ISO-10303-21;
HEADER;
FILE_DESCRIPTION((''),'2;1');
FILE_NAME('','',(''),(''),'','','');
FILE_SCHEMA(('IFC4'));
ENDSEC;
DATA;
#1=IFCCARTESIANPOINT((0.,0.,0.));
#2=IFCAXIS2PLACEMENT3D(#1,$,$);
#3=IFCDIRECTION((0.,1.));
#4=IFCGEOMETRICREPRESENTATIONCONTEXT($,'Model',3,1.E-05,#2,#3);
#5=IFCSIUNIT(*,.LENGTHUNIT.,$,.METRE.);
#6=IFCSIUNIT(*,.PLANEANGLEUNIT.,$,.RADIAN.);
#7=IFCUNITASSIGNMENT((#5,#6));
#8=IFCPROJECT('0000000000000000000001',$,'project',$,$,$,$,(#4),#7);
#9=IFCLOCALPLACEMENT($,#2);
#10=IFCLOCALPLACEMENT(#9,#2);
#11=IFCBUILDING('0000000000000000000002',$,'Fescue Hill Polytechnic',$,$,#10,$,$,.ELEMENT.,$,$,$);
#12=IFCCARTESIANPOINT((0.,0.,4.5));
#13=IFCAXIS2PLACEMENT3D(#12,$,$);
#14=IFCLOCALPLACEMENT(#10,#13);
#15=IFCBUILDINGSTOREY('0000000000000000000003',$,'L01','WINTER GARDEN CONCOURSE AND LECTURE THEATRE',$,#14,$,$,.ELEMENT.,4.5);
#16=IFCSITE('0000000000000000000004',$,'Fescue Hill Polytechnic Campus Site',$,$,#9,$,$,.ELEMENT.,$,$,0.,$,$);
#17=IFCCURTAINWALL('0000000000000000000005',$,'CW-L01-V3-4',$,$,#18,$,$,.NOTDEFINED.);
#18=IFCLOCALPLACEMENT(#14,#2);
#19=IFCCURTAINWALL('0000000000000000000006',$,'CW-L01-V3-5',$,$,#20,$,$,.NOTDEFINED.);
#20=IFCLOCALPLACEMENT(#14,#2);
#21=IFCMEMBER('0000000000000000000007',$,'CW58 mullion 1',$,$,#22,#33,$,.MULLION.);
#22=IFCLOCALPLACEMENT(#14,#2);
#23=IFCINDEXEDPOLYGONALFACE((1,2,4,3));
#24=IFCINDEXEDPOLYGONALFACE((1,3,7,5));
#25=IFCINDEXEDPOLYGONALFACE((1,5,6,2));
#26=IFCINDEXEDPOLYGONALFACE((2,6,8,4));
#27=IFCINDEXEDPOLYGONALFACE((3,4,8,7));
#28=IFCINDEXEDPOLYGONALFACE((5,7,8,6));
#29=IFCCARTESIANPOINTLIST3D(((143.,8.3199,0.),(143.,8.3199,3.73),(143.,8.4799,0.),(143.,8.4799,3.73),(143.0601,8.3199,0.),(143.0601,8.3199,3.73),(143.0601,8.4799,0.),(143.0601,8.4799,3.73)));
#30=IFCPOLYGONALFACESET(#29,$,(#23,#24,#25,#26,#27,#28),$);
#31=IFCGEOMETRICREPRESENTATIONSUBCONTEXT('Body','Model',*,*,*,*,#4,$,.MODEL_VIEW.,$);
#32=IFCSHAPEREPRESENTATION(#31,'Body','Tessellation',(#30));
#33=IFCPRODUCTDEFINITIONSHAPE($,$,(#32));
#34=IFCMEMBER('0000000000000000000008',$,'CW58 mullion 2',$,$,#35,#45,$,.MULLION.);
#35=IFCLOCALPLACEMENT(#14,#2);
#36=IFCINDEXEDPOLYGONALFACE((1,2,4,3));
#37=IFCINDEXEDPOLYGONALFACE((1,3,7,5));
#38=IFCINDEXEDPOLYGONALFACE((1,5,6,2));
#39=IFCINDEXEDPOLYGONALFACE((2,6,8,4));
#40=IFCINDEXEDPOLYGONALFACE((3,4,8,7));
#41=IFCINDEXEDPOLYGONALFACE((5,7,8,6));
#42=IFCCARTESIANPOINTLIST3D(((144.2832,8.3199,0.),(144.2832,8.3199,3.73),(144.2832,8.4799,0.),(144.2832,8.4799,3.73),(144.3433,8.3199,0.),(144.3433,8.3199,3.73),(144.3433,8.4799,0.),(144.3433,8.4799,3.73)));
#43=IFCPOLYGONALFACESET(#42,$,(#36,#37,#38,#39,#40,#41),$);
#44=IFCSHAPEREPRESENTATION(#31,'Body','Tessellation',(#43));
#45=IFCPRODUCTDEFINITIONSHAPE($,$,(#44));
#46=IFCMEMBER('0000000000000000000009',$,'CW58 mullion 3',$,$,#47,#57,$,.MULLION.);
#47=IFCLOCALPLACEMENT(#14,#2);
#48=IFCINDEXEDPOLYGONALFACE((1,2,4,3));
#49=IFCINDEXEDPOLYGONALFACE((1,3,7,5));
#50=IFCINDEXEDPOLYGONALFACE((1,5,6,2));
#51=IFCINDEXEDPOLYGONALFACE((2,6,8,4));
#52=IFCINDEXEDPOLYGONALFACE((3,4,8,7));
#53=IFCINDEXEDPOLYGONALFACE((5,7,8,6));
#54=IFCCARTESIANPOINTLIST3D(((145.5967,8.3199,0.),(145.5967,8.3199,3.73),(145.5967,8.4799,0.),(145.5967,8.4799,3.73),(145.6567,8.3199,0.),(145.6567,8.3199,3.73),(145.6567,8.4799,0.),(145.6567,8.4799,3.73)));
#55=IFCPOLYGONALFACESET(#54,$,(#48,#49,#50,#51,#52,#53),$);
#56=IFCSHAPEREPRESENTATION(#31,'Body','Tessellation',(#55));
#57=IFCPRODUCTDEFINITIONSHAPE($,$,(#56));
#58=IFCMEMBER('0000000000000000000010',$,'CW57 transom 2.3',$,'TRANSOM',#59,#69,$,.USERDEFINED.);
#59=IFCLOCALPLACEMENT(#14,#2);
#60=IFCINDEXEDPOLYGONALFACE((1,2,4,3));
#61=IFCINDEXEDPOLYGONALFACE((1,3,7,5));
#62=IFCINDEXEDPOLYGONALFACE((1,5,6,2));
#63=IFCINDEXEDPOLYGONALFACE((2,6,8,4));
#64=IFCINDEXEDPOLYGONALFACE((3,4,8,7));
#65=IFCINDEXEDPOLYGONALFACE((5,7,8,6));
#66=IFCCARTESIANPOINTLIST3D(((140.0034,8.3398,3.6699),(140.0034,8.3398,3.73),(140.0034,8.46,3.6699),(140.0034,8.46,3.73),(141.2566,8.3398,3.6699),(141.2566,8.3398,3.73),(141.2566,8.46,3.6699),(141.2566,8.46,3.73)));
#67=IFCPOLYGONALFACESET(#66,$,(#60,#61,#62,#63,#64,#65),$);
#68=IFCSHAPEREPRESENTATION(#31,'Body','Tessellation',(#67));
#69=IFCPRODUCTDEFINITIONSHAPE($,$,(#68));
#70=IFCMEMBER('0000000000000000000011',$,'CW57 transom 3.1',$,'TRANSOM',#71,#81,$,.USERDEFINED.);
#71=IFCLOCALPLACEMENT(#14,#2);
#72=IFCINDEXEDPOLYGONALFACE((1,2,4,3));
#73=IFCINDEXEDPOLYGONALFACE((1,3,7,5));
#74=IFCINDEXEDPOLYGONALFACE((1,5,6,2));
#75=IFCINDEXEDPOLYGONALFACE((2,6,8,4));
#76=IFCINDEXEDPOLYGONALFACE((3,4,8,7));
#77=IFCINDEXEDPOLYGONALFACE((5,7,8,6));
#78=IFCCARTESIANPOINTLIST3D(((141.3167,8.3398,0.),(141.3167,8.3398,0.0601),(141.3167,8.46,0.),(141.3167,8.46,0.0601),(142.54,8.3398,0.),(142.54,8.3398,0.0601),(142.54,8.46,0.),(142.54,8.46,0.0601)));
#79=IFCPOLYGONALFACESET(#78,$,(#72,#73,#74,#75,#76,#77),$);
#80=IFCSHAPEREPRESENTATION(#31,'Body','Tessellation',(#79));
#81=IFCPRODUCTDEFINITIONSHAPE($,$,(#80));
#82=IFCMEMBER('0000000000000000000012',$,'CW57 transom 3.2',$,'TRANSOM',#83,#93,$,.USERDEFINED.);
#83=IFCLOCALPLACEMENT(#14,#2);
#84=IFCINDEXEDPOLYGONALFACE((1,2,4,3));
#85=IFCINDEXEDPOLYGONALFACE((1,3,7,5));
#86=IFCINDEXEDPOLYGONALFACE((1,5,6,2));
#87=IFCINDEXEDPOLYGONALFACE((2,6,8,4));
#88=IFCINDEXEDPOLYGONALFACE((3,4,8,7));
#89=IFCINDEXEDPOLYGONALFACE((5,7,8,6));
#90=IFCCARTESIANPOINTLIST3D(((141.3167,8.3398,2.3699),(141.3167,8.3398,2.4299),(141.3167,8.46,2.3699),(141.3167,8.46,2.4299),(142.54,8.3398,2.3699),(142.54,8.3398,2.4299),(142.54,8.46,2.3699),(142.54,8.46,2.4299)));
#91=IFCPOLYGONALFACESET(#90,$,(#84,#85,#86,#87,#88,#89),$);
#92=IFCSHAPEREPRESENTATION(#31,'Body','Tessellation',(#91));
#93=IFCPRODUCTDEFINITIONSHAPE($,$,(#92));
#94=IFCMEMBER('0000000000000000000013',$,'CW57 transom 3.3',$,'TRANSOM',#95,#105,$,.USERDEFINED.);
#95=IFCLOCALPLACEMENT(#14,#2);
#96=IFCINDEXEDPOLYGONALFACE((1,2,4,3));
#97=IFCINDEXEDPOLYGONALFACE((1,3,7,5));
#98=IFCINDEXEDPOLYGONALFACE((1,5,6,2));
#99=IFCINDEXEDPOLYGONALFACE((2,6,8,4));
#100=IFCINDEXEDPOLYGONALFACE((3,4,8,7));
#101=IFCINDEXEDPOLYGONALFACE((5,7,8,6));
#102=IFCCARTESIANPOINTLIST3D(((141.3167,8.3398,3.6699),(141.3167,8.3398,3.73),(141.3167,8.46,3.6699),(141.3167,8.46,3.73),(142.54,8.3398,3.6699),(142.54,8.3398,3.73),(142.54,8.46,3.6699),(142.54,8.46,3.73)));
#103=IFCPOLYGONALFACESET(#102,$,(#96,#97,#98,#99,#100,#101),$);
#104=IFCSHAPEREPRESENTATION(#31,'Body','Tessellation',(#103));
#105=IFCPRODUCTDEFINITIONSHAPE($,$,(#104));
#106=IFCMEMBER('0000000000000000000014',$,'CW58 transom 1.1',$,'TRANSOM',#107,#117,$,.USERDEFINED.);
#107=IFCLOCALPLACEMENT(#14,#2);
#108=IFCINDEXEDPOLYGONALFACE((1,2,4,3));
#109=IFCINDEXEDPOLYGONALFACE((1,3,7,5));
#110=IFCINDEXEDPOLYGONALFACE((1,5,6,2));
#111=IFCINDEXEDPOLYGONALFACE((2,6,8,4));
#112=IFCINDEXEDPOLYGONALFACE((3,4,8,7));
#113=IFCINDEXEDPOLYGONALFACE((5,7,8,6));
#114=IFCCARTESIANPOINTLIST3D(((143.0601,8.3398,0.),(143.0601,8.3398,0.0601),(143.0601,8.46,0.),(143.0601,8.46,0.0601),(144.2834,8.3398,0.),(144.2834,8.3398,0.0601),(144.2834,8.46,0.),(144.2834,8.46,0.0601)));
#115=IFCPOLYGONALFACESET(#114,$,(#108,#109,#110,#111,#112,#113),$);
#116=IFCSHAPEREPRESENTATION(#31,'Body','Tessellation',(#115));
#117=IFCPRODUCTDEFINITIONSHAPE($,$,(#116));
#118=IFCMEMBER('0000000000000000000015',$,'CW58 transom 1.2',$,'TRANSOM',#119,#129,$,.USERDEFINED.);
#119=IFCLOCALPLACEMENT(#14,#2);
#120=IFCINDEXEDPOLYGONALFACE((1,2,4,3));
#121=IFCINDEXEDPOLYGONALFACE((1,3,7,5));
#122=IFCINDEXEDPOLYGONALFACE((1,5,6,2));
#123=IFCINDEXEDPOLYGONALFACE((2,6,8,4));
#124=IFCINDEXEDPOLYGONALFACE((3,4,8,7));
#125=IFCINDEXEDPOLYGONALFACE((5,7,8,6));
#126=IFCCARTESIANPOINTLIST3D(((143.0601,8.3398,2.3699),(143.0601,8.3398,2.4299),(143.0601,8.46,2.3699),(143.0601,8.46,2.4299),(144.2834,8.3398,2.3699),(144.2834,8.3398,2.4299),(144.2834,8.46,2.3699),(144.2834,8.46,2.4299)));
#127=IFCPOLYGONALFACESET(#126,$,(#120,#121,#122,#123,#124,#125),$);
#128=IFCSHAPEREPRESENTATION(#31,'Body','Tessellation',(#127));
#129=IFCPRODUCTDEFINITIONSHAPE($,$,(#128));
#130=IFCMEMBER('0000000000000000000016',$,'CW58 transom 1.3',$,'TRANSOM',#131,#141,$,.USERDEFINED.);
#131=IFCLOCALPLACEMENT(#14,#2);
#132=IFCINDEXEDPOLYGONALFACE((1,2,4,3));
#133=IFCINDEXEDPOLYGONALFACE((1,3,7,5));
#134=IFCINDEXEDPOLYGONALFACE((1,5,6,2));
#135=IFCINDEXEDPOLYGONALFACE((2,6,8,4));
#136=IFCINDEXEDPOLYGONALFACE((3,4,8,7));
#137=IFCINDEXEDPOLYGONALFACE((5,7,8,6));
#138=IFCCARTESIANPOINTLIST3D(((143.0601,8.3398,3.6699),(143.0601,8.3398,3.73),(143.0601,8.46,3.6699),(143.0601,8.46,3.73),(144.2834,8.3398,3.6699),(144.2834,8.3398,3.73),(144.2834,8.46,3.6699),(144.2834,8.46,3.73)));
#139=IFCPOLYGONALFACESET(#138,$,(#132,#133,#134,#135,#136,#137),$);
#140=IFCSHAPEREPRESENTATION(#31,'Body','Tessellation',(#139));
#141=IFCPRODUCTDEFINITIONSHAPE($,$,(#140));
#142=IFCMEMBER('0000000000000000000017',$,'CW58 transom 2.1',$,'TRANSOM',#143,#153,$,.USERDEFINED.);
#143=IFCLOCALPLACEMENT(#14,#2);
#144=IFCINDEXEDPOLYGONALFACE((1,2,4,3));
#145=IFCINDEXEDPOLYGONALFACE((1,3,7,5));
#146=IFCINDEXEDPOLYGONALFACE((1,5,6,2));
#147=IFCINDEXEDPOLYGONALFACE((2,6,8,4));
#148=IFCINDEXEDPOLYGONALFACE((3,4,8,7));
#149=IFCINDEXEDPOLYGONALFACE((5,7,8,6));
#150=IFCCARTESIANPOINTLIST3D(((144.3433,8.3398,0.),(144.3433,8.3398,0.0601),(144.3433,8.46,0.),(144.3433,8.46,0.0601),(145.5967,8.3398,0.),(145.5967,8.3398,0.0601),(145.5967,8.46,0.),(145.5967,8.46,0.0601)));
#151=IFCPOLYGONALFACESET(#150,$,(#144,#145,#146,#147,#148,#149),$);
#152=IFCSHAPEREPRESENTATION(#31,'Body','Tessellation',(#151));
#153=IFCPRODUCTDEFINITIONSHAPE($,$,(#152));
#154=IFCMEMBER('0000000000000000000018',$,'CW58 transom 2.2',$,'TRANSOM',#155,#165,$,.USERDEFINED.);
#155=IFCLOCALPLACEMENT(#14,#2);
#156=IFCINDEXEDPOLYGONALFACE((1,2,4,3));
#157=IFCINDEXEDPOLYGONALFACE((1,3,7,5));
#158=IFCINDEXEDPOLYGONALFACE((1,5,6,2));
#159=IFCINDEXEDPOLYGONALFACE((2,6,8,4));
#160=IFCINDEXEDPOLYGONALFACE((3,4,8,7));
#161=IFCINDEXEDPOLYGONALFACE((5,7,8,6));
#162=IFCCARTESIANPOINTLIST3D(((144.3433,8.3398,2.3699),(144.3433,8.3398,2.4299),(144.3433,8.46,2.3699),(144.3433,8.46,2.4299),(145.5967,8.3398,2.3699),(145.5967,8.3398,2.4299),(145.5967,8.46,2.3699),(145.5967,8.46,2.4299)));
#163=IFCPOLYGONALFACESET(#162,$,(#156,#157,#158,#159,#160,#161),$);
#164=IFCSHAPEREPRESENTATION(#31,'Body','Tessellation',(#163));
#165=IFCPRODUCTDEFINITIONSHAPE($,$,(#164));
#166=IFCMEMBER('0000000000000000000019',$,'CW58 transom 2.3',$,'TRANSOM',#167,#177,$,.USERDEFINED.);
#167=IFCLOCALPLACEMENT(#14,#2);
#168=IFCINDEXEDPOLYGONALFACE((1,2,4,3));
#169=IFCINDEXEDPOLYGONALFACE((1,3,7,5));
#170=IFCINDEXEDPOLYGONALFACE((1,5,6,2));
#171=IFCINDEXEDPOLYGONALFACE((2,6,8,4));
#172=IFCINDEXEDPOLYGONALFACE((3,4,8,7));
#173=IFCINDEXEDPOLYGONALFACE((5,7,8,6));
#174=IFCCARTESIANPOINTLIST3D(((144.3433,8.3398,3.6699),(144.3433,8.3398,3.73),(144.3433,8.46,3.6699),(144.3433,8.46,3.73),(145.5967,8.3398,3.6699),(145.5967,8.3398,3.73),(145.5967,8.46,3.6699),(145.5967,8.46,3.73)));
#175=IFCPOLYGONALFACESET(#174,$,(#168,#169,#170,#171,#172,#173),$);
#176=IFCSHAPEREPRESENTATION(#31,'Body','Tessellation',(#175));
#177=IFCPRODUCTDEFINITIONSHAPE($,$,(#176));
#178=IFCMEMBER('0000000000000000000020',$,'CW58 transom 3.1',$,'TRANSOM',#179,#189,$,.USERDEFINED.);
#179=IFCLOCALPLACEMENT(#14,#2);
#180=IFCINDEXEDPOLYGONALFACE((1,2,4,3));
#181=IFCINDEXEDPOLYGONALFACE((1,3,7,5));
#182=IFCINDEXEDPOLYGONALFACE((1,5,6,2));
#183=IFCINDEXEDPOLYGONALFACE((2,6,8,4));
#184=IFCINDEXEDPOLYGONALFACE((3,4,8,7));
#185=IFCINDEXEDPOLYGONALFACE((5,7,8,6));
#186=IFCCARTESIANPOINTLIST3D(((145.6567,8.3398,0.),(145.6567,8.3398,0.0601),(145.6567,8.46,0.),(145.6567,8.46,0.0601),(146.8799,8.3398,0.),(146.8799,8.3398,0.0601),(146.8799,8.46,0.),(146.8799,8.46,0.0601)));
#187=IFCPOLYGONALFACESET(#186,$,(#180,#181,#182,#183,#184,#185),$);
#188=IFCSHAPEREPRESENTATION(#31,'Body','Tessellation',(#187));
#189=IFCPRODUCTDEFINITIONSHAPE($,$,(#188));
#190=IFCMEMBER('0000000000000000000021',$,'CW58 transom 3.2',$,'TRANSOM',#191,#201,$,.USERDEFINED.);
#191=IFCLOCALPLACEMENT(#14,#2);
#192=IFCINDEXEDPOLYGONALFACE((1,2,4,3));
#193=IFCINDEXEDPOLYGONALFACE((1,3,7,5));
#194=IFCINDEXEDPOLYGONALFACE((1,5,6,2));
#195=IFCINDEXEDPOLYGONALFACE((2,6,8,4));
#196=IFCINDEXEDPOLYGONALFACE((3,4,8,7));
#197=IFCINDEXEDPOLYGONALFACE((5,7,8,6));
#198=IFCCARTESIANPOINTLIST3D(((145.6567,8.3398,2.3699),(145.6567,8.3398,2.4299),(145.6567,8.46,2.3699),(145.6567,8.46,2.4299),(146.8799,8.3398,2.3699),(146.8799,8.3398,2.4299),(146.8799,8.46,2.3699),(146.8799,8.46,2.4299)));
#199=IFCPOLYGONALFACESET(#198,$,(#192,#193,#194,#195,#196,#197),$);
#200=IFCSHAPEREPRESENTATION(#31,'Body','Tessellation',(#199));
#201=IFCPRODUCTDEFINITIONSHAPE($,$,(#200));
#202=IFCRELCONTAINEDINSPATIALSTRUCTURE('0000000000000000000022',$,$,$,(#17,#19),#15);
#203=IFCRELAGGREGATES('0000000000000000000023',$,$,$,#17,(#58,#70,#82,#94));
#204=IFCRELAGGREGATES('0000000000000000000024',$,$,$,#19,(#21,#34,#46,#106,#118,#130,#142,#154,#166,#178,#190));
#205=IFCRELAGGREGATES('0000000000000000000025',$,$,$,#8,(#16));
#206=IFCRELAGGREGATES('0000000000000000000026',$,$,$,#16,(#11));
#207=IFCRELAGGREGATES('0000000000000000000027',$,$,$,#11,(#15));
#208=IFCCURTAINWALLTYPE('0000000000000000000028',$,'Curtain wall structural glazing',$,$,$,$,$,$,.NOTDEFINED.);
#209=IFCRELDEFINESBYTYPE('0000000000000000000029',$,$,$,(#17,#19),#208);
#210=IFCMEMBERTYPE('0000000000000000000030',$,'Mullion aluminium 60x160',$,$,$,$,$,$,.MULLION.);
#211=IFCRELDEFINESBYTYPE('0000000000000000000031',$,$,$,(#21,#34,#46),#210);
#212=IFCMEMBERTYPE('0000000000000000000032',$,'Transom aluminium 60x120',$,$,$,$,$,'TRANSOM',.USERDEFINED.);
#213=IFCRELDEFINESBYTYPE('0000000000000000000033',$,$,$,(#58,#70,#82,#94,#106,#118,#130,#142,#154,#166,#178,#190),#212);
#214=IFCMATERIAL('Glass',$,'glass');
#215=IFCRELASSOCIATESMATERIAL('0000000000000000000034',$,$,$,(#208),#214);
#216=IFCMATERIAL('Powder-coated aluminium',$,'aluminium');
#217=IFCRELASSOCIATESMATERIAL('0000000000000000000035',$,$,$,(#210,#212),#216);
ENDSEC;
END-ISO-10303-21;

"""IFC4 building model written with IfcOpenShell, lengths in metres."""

from ifc_helpers import new_model, si_unit, direction, frame, origin, origin_2d, place, context, subcontext, project, spatial, rectangle, extrude, material, material_profile, profile_set, type_object, element, aggregate, save


model = new_model("IFC4")

# Units and contexts
model_context = context("Model", 3, precision=1e-05, world=origin(), true_north=direction((0.0, 1.0)))
body_context = subcontext(model_context, "Body", "Model", "MODEL_VIEW")
ifc_project = project(units=[si_unit("LENGTHUNIT", "METRE"), si_unit("PLANEANGLEUNIT", "RADIAN")], contexts=[model_context])

# Site, building, storey
site_placement = place(None, origin())
site = spatial("IfcSite", under=ifc_project, at=site_placement, Name="Fescue Hill Polytechnic Campus Site", CompositionType="ELEMENT", RefElevation=0.0)
building_placement = place(site_placement, origin())
building = spatial("IfcBuilding", under=site, at=building_placement, Name="Fescue Hill Polytechnic", CompositionType="ELEMENT")
storey_placement = place(building_placement, frame((0.0, 0.0, 4.5)))
storey = spatial("IfcBuildingStorey", under=building, at=storey_placement, Name="L01", Description="WINTER GARDEN CONCOURSE AND LECTURE THEATRE", CompositionType="ELEMENT", Elevation=4.5)

# Curtain walls, members
ifc_material_1 = material(Name="Glass", Category="glass")
curtain_wall_type = type_object("IfcCurtainWallType", Name="Curtain wall structural glazing", PredefinedType="NOTDEFINED", material=ifc_material_1)
curtain_wall_1_placement = place(storey_placement, origin())
curtain_wall_1 = element("IfcCurtainWall", 1, at=curtain_wall_1_placement, inside=storey, type_object=curtain_wall_type, Name="CW-L01-V3-4", PredefinedType="NOTDEFINED")
ifc_material_2 = material(Name="Powder-coated aluminium", Category="aluminium")
ifc_material_profile_1 = material_profile(ifc_material_2, rectangle(XDim=0.1599, YDim=0.0601, at=origin_2d()), Name="Mullion aluminium 60x160")
ifc_profile_set_1 = profile_set([ifc_material_profile_1], Name="Powder-coated aluminium")
member_type_1 = type_object("IfcMemberType", Name="Mullion aluminium 60x160", PredefinedType="MULLION", material=ifc_profile_set_1)
curtain_wall_2_placement = place(storey_placement, origin())
curtain_wall_2 = element("IfcCurtainWall", 2, at=curtain_wall_2_placement, inside=storey, type_object=curtain_wall_type, Name="CW-L01-V3-5", PredefinedType="NOTDEFINED")
member_1_placement = place(storey_placement, frame((143.03, 8.3999, 0.0), z_axis=(0.0, 0.0, 1.0), x_axis=(0.0, 1.0, 0.0)))
member_1 = element("IfcMember", 3, at=member_1_placement, type_object=member_type_1, Name="CW58 mullion 1", PredefinedType="MULLION", context=body_context, shape_type="SweptSolid", body=[
    extrude(rectangle(XDim=0.1599, YDim=0.0601, at=origin_2d()), origin(), (0.0, 0.0, 1.0), 3.73),
])
member_2_placement = place(storey_placement, frame((144.3132, 8.3999, 0.0), z_axis=(0.0, 0.0, 1.0), x_axis=(0.0, 1.0, 0.0)))
member_2 = element("IfcMember", 4, at=member_2_placement, type_object=member_type_1, Name="CW58 mullion 2", PredefinedType="MULLION", context=body_context, shape_type="SweptSolid", body=[
    extrude(rectangle(XDim=0.1599, YDim=0.0601, at=origin_2d()), origin(), (0.0, 0.0, 1.0), 3.73),
])
member_3_placement = place(storey_placement, frame((145.6267, 8.3999, 0.0), z_axis=(0.0, 0.0, 1.0), x_axis=(0.0, 1.0, 0.0)))
member_3 = element("IfcMember", 5, at=member_3_placement, type_object=member_type_1, Name="CW58 mullion 3", PredefinedType="MULLION", context=body_context, shape_type="SweptSolid", body=[
    extrude(rectangle(XDim=0.1599, YDim=0.0601, at=origin_2d()), origin(), (0.0, 0.0, 1.0), 3.73),
])

# Members
ifc_material_profile_2 = material_profile(ifc_material_2, rectangle(XDim=0.1201, YDim=0.0601, at=origin_2d()), Name="Transom aluminium 60x120")
ifc_profile_set_2 = profile_set([ifc_material_profile_2], Name="Powder-coated aluminium")
member_type_2 = type_object("IfcMemberType", Name="Transom aluminium 60x120", ElementType="TRANSOM", PredefinedType="USERDEFINED", material=ifc_profile_set_2)
member_4_placement = place(storey_placement, frame((140.0034, 8.3999, 3.7), z_axis=(1.0, 0.0, 0.0), x_axis=(0.0, 1.0, 0.0)))
member_4 = element("IfcMember", 6, at=member_4_placement, type_object=member_type_2, Name="CW57 transom 2.3", ObjectType="TRANSOM", PredefinedType="USERDEFINED", context=body_context, shape_type="SweptSolid", body=[
    extrude(rectangle(XDim=0.1201, YDim=0.0601, at=origin_2d()), origin(), (0.0, 0.0, 1.0), 1.2532),
])
member_5_placement = place(storey_placement, frame((141.3167, 8.3999, 0.03), z_axis=(1.0, 0.0, 0.0), x_axis=(0.0, 1.0, 0.0)))
member_5 = element("IfcMember", 7, at=member_5_placement, type_object=member_type_2, Name="CW57 transom 3.1", ObjectType="TRANSOM", PredefinedType="USERDEFINED", context=body_context, shape_type="SweptSolid", body=[
    extrude(rectangle(XDim=0.1201, YDim=0.0601, at=origin_2d()), origin(), (0.0, 0.0, 1.0), 1.2234),
])
member_6_placement = place(storey_placement, frame((141.3167, 8.3999, 2.3999), z_axis=(1.0, 0.0, 0.0), x_axis=(0.0, 1.0, 0.0)))
member_6 = element("IfcMember", 8, at=member_6_placement, type_object=member_type_2, Name="CW57 transom 3.2", ObjectType="TRANSOM", PredefinedType="USERDEFINED", context=body_context, shape_type="SweptSolid", body=[
    extrude(rectangle(XDim=0.1201, YDim=0.0601, at=origin_2d()), origin(), (0.0, 0.0, 1.0), 1.2234),
])
member_7_placement = place(storey_placement, frame((141.3167, 8.3999, 3.7), z_axis=(1.0, 0.0, 0.0), x_axis=(0.0, 1.0, 0.0)))
member_7 = element("IfcMember", 9, at=member_7_placement, type_object=member_type_2, Name="CW57 transom 3.3", ObjectType="TRANSOM", PredefinedType="USERDEFINED", context=body_context, shape_type="SweptSolid", body=[
    extrude(rectangle(XDim=0.1201, YDim=0.0601, at=origin_2d()), origin(), (0.0, 0.0, 1.0), 1.2234),
])
member_8_placement = place(storey_placement, frame((143.0601, 8.3999, 0.03), z_axis=(1.0, 0.0, 0.0), x_axis=(0.0, 1.0, 0.0)))
member_8 = element("IfcMember", 10, at=member_8_placement, type_object=member_type_2, Name="CW58 transom 1.1", ObjectType="TRANSOM", PredefinedType="USERDEFINED", context=body_context, shape_type="SweptSolid", body=[
    extrude(rectangle(XDim=0.1201, YDim=0.0601, at=origin_2d()), origin(), (0.0, 0.0, 1.0), 1.2234),
])
member_9_placement = place(storey_placement, frame((143.0601, 8.3999, 2.3999), z_axis=(1.0, 0.0, 0.0), x_axis=(0.0, 1.0, 0.0)))
member_9 = element("IfcMember", 11, at=member_9_placement, type_object=member_type_2, Name="CW58 transom 1.2", ObjectType="TRANSOM", PredefinedType="USERDEFINED", context=body_context, shape_type="SweptSolid", body=[
    extrude(rectangle(XDim=0.1201, YDim=0.0601, at=origin_2d()), origin(), (0.0, 0.0, 1.0), 1.2234),
])
member_10_placement = place(storey_placement, frame((143.0601, 8.3999, 3.7), z_axis=(1.0, 0.0, 0.0), x_axis=(0.0, 1.0, 0.0)))
member_10 = element("IfcMember", 12, at=member_10_placement, type_object=member_type_2, Name="CW58 transom 1.3", ObjectType="TRANSOM", PredefinedType="USERDEFINED", context=body_context, shape_type="SweptSolid", body=[
    extrude(rectangle(XDim=0.1201, YDim=0.0601, at=origin_2d()), origin(), (0.0, 0.0, 1.0), 1.2234),
])
member_11_placement = place(storey_placement, frame((144.3433, 8.3999, 0.03), z_axis=(1.0, 0.0, 0.0), x_axis=(0.0, 1.0, 0.0)))
member_11 = element("IfcMember", 13, at=member_11_placement, type_object=member_type_2, Name="CW58 transom 2.1", ObjectType="TRANSOM", PredefinedType="USERDEFINED", context=body_context, shape_type="SweptSolid", body=[
    extrude(rectangle(XDim=0.1201, YDim=0.0601, at=origin_2d()), origin(), (0.0, 0.0, 1.0), 1.2534),
])
member_12_placement = place(storey_placement, frame((144.3433, 8.3999, 2.3999), z_axis=(1.0, 0.0, 0.0), x_axis=(0.0, 1.0, 0.0)))
member_12 = element("IfcMember", 14, at=member_12_placement, type_object=member_type_2, Name="CW58 transom 2.2", ObjectType="TRANSOM", PredefinedType="USERDEFINED", context=body_context, shape_type="SweptSolid", body=[
    extrude(rectangle(XDim=0.1201, YDim=0.0601, at=origin_2d()), origin(), (0.0, 0.0, 1.0), 1.2534),
])
member_13_placement = place(storey_placement, frame((144.3433, 8.3999, 3.7), z_axis=(1.0, 0.0, 0.0), x_axis=(0.0, 1.0, 0.0)))
member_13 = element("IfcMember", 15, at=member_13_placement, type_object=member_type_2, Name="CW58 transom 2.3", ObjectType="TRANSOM", PredefinedType="USERDEFINED", context=body_context, shape_type="SweptSolid", body=[
    extrude(rectangle(XDim=0.1201, YDim=0.0601, at=origin_2d()), origin(), (0.0, 0.0, 1.0), 1.2534),
])
member_14_placement = place(storey_placement, frame((145.6567, 8.3999, 0.03), z_axis=(1.0, 0.0, 0.0), x_axis=(0.0, 1.0, 0.0)))
member_14 = element("IfcMember", 16, at=member_14_placement, type_object=member_type_2, Name="CW58 transom 3.1", ObjectType="TRANSOM", PredefinedType="USERDEFINED", context=body_context, shape_type="SweptSolid", body=[
    extrude(rectangle(XDim=0.1201, YDim=0.0601, at=origin_2d()), origin(), (0.0, 0.0, 1.0), 1.2231),
])
member_15_placement = place(storey_placement, frame((145.6567, 8.3999, 2.3999), z_axis=(1.0, 0.0, 0.0), x_axis=(0.0, 1.0, 0.0)))
member_15 = element("IfcMember", 17, at=member_15_placement, type_object=member_type_2, Name="CW58 transom 3.2", ObjectType="TRANSOM", PredefinedType="USERDEFINED", context=body_context, shape_type="SweptSolid", body=[
    extrude(rectangle(XDim=0.1201, YDim=0.0601, at=origin_2d()), origin(), (0.0, 0.0, 1.0), 1.2231),
])

aggregate(curtain_wall_1, [member_4, member_5, member_6, member_7])
aggregate(curtain_wall_2, [member_1, member_2, member_3, member_8, member_9, member_10, member_11, member_12, member_13, member_14, member_15])

save(model, "model.ifc")
